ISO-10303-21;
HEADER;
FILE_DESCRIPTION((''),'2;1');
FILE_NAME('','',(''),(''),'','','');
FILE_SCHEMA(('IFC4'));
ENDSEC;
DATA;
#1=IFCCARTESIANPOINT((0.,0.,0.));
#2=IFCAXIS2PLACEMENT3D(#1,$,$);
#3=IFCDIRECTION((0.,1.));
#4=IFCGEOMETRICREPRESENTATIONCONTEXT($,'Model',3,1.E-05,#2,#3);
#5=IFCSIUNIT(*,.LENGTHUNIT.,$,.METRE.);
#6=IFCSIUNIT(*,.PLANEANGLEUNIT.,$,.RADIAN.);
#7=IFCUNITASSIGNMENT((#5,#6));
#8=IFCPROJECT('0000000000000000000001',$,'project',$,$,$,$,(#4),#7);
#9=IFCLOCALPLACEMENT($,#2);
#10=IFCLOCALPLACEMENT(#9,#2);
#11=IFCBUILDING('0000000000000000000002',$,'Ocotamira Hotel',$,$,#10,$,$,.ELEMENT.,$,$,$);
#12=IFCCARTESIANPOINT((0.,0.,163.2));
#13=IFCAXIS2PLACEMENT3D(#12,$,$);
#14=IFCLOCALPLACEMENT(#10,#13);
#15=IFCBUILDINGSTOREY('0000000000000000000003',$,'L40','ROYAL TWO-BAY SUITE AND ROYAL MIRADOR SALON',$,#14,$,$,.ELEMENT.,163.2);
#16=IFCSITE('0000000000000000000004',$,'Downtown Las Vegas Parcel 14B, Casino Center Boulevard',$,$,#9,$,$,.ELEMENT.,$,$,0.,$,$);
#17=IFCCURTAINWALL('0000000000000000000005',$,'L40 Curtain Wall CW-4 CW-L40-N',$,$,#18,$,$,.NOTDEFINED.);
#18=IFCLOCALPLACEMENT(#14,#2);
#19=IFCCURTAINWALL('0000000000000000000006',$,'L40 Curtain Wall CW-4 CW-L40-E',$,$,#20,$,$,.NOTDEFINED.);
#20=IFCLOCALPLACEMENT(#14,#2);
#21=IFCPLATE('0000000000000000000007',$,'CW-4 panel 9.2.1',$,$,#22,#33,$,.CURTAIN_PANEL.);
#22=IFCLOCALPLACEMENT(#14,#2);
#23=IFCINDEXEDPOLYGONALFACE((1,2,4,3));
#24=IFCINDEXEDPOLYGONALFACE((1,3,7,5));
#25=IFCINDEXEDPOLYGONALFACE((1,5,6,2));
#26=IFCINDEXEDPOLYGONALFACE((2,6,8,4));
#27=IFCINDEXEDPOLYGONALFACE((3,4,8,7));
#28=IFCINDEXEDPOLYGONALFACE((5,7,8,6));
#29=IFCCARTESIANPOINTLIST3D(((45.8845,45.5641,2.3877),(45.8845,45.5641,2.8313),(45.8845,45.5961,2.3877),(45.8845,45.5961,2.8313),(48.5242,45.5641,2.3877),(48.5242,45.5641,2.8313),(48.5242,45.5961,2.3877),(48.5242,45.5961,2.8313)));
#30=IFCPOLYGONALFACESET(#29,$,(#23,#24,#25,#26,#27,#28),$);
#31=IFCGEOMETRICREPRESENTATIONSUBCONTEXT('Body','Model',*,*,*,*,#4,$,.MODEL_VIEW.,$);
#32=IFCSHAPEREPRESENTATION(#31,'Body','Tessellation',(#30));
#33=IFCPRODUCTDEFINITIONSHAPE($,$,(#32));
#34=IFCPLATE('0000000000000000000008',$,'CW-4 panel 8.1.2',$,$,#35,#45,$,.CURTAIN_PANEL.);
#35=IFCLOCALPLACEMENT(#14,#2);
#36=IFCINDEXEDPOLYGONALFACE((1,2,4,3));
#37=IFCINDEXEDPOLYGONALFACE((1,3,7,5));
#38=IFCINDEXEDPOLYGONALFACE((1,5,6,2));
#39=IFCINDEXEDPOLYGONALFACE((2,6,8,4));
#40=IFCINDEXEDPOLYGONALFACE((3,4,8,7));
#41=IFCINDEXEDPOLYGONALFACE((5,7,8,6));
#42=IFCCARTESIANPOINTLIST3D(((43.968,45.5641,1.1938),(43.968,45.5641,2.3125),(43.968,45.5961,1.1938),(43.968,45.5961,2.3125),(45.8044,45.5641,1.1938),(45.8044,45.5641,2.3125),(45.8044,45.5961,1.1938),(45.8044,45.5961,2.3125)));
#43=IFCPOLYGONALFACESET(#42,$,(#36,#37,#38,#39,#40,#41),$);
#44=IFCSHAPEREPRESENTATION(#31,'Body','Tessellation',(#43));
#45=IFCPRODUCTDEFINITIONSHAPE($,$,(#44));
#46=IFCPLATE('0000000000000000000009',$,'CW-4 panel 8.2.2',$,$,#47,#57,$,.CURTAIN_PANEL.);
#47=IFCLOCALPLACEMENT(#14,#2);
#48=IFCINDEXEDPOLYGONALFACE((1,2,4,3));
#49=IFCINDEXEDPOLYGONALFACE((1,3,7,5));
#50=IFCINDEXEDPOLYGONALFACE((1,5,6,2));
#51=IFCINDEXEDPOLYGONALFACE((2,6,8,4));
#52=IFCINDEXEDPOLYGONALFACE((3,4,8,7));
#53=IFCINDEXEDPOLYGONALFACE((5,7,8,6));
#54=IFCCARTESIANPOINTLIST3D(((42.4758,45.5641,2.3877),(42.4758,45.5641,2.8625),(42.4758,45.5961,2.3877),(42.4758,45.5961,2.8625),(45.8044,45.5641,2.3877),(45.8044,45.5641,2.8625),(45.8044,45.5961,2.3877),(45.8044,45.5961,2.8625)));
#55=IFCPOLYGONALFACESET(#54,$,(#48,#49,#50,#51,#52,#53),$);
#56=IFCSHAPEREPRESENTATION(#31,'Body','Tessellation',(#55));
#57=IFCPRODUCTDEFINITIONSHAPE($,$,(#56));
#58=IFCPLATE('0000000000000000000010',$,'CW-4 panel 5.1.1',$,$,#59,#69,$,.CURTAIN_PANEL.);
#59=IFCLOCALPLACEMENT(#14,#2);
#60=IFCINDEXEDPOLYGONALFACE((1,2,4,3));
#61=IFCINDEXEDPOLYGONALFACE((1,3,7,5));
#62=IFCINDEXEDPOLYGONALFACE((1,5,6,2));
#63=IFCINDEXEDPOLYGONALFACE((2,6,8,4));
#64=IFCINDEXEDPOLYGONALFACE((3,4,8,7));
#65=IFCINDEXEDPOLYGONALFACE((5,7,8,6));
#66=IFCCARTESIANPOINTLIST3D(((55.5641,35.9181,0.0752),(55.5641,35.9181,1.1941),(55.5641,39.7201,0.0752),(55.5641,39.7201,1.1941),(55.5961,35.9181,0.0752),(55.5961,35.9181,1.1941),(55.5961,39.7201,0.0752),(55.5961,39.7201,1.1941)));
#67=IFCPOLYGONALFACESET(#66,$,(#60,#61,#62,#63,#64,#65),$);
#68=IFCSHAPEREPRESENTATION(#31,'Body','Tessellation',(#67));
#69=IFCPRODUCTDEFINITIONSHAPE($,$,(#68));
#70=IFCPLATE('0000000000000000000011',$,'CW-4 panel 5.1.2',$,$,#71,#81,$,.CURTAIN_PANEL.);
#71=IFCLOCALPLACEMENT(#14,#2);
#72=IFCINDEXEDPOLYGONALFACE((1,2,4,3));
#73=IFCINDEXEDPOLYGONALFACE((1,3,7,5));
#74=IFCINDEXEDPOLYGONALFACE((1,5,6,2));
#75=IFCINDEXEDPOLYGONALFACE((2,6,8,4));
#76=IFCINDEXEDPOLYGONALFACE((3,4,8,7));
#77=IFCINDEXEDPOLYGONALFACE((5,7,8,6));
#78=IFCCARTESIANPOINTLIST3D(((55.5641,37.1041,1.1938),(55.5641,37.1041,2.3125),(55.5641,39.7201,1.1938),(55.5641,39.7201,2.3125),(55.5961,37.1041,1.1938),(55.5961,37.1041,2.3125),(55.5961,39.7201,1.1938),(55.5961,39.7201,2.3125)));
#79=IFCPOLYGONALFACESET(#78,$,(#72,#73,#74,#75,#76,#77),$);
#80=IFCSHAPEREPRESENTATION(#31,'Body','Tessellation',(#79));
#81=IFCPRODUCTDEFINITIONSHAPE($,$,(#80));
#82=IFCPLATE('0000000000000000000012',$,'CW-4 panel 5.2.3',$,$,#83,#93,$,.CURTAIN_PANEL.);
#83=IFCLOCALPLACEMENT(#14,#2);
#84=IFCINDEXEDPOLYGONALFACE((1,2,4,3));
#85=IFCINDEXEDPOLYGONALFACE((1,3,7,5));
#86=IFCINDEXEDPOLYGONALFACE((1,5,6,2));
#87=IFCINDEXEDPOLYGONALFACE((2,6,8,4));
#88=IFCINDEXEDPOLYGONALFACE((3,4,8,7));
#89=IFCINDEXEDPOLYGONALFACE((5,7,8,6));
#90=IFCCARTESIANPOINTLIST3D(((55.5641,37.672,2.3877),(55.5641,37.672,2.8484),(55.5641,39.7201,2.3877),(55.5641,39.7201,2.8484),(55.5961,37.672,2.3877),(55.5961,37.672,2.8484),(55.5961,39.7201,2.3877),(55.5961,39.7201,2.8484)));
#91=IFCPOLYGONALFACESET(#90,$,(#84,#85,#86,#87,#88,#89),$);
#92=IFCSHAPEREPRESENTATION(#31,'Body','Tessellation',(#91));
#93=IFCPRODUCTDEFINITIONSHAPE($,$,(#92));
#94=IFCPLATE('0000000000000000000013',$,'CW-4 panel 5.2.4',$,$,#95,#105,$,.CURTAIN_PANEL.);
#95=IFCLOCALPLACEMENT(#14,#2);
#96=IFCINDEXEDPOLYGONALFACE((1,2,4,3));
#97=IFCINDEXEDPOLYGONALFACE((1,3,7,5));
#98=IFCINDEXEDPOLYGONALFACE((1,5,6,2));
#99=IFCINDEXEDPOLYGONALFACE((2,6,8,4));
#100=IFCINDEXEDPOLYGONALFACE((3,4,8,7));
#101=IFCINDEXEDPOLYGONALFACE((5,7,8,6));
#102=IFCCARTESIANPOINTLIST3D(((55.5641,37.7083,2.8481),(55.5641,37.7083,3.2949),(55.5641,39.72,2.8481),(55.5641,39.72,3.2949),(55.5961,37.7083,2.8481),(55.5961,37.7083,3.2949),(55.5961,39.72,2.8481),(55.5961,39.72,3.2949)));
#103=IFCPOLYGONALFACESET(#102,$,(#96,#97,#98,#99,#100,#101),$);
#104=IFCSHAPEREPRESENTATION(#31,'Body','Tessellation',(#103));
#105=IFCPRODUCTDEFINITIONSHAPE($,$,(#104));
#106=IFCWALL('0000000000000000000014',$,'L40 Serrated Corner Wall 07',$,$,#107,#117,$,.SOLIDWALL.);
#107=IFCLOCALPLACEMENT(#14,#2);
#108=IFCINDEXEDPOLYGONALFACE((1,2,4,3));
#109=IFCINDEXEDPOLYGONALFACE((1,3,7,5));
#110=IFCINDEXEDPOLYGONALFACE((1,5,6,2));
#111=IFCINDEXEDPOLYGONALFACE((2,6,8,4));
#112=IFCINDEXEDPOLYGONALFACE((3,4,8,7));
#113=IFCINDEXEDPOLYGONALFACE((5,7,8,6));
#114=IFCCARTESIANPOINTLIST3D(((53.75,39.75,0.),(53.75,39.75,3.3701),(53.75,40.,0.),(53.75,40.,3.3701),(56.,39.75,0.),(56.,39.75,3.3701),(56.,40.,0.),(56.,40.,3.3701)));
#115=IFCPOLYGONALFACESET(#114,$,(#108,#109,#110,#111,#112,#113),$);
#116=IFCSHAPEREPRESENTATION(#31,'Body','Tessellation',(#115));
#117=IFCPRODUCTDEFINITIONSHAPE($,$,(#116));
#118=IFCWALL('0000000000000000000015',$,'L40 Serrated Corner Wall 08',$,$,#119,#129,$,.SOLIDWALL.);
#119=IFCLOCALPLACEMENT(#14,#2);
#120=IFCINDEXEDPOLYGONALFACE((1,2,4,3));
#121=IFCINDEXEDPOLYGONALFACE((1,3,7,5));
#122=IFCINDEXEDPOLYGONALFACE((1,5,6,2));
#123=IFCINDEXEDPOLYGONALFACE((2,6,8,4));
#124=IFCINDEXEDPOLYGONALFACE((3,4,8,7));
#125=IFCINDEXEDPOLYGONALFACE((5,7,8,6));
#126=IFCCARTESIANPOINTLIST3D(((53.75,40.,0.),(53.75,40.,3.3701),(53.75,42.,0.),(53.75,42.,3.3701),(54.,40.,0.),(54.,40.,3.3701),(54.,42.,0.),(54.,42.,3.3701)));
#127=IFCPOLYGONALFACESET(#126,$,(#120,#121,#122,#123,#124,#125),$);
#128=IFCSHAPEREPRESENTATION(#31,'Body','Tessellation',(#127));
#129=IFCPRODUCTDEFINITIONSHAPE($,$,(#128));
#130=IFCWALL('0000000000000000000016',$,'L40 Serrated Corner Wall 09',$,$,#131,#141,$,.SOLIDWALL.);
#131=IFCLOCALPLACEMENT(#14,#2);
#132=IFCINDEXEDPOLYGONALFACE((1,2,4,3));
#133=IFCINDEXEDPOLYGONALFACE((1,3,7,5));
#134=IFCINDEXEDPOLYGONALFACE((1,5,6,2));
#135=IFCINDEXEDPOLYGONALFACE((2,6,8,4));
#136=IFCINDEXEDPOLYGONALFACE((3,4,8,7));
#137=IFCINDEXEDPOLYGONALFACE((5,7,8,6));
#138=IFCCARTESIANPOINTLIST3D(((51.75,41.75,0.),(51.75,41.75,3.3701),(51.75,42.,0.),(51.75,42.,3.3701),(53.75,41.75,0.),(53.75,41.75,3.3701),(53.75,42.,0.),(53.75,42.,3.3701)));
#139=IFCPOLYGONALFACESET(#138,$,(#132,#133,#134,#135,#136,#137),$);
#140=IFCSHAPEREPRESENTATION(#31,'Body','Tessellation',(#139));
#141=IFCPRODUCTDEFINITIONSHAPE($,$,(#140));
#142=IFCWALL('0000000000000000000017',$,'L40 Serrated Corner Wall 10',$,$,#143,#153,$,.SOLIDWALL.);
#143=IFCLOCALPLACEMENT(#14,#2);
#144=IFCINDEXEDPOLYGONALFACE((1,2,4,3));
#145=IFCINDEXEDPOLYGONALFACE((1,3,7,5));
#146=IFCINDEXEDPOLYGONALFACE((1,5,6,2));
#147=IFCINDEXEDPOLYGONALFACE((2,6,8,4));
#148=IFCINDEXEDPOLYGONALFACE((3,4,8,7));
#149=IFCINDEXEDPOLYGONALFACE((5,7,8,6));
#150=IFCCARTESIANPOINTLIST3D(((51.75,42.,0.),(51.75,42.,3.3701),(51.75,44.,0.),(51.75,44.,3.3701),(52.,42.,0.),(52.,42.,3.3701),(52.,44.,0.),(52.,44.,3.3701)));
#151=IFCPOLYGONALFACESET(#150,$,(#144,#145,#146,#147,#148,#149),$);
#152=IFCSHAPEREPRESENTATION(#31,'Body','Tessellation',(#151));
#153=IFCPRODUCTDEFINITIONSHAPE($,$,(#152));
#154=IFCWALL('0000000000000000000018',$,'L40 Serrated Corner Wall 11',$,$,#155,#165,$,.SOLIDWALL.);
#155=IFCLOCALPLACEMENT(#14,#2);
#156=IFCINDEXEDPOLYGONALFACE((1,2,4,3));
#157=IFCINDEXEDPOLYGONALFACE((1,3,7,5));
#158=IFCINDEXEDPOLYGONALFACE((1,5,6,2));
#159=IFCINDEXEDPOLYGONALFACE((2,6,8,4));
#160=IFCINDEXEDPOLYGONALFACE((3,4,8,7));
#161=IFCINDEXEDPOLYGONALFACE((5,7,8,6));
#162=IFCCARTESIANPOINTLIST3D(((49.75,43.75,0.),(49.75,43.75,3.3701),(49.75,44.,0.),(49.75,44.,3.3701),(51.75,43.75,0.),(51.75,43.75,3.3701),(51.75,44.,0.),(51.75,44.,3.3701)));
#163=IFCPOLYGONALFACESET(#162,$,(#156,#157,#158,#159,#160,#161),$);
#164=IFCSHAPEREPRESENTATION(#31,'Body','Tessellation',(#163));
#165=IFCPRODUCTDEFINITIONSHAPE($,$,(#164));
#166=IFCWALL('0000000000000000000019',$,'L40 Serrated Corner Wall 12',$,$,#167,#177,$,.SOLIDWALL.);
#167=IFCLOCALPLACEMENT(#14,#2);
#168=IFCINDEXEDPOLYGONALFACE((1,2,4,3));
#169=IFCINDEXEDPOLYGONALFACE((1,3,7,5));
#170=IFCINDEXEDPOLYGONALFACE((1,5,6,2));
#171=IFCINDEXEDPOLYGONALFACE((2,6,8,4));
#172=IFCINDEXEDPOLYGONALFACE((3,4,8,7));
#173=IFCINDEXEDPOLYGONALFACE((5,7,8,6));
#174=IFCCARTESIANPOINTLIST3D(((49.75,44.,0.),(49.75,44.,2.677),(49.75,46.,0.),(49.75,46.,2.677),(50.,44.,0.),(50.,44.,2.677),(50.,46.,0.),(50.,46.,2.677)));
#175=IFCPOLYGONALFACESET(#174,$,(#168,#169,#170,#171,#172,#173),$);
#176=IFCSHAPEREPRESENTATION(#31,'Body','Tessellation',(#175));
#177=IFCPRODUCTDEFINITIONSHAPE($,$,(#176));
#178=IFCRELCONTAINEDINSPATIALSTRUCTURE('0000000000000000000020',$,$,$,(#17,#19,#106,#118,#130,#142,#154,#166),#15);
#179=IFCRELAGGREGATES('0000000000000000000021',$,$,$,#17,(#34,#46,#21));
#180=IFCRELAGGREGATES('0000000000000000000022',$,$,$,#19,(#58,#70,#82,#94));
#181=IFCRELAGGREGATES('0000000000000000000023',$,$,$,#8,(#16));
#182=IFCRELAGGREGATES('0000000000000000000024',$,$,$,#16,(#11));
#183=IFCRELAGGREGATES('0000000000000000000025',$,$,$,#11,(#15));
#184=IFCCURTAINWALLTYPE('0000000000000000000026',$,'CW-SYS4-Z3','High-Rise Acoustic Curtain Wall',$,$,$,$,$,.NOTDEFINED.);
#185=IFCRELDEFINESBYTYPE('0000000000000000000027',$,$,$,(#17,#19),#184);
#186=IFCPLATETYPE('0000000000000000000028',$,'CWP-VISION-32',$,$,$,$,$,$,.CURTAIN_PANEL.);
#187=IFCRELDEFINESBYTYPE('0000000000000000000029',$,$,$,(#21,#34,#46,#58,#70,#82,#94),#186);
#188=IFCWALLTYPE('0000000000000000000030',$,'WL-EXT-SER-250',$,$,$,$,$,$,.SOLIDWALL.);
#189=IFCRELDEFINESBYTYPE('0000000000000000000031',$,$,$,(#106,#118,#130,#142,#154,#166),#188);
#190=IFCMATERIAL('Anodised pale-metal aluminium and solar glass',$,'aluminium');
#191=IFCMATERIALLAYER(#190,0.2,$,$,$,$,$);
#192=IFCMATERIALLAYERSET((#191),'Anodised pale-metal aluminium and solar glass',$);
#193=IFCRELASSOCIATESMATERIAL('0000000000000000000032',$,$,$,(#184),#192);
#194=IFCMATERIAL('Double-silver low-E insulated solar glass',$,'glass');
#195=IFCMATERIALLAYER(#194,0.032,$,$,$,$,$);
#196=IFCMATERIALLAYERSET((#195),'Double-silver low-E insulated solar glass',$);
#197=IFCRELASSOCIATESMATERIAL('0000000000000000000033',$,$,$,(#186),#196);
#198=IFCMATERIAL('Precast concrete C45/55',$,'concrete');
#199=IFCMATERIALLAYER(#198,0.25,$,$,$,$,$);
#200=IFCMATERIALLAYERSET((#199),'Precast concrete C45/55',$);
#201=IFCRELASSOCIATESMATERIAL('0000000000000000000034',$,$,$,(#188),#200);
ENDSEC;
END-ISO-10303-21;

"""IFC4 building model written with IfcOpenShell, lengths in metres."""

from ifc_helpers import new_model, si_unit, direction, frame, frame_2d, origin, origin_2d, place, context, subcontext, project, spatial, rectangle, extrude, source, transform, mapped, material, layer, layer_set, type_object, element, aggregate, save


model = new_model("IFC4")

# Units and contexts
model_context = context("Model", 3, precision=1e-05, world=origin(), true_north=direction((0.0, 1.0)))
body_context = subcontext(model_context, "Body", "Model", "MODEL_VIEW")
ifc_project = project(units=[si_unit("LENGTHUNIT", "METRE"), si_unit("PLANEANGLEUNIT", "RADIAN")], contexts=[model_context])

# Site, building, storey
site_placement = place(None, origin())
site = spatial("IfcSite", under=ifc_project, at=site_placement, Name="Downtown Las Vegas Parcel 14B, Casino Center Boulevard", CompositionType="ELEMENT", RefElevation=0.0)
building_placement = place(site_placement, origin())
building = spatial("IfcBuilding", under=site, at=building_placement, Name="Ocotamira Hotel", CompositionType="ELEMENT")
storey_placement = place(building_placement, frame((0.0, 0.0, 163.2)))
storey = spatial("IfcBuildingStorey", under=building, at=storey_placement, Name="L40", Description="ROYAL TWO-BAY SUITE AND ROYAL MIRADOR SALON", CompositionType="ELEMENT", Elevation=163.2)

# Curtain wall
ifc_material_1 = material(Name="Anodised pale-metal aluminium and solar glass", Category="aluminium")
ifc_layer_1 = layer(ifc_material_1, 0.2)
ifc_layer_set_1 = layer_set([ifc_layer_1], Name="Anodised pale-metal aluminium and solar glass")
curtain_wall_type = type_object("IfcCurtainWallType", Name="CW-SYS4-Z3", Description="High-Rise Acoustic Curtain Wall", PredefinedType="NOTDEFINED", material=ifc_layer_set_1)
curtain_wall_1_placement = place(storey_placement, origin())
curtain_wall_1 = element("IfcCurtainWall", 1, at=curtain_wall_1_placement, inside=storey, type_object=curtain_wall_type, Name="L40 Curtain Wall CW-4 CW-L40-N", PredefinedType="NOTDEFINED")

# Curtain wall
curtain_wall_2_placement = place(storey_placement, origin())
curtain_wall_2 = element("IfcCurtainWall", 2, at=curtain_wall_2_placement, inside=storey, type_object=curtain_wall_type, Name="L40 Curtain Wall CW-4 CW-L40-E", PredefinedType="NOTDEFINED")

# Plates
ifc_material_2 = material(Name="Double-silver low-E insulated solar glass", Category="glass")
ifc_layer_2 = layer(ifc_material_2, 0.032)
ifc_layer_set_2 = layer_set([ifc_layer_2], Name="Double-silver low-E insulated solar glass")
plate_type_1 = type_object("IfcPlateType", Name="CWP-VISION-32", PredefinedType="CURTAIN_PANEL", material=ifc_layer_set_2)
shared_shape_1 = source(origin(), body_context, "Body", "SweptSolid", [
    extrude(rectangle(XDim=2.6396, YDim=0.032, at=origin_2d()), origin(), (0.0, 0.0, 1.0), 0.4436),
])
plate_1_placement = place(storey_placement, frame((47.2043, 45.5801, 2.3877), z_axis=(0.0, 0.0, 1.0), x_axis=(1.0, 0.0, 0.0)))
plate_1 = element("IfcPlate", 3, at=plate_1_placement, type_object=plate_type_1, Name="CW-4 panel 9.2.1", PredefinedType="CURTAIN_PANEL", context=body_context, shape_type="MappedRepresentation", body=[
    mapped(shared_shape_1, transform((0.0, 0.0, 0.0), scale=1.0)),
])
shared_shape_2 = source(origin(), body_context, "Body", "SweptSolid", [
    extrude(rectangle(XDim=1.8364, YDim=0.032, at=origin_2d()), origin(), (0.0, 0.0, 1.0), 1.1187),
])
plate_2_placement = place(storey_placement, frame((44.8862, 45.5801, 1.1938), z_axis=(0.0, 0.0, 1.0), x_axis=(1.0, 0.0, 0.0)))
plate_2 = element("IfcPlate", 4, at=plate_2_placement, type_object=plate_type_1, Name="CW-4 panel 8.1.2", PredefinedType="CURTAIN_PANEL", context=body_context, shape_type="MappedRepresentation", body=[
    mapped(shared_shape_2, transform((0.0, 0.0, 0.0), scale=1.0)),
])
shared_shape_3 = source(origin(), body_context, "Body", "SweptSolid", [
    extrude(rectangle(XDim=3.3286, YDim=0.032, at=origin_2d()), origin(), (0.0, 0.0, 1.0), 0.4749),
])
plate_3_placement = place(storey_placement, frame((44.1401, 45.5801, 2.3877), z_axis=(0.0, 0.0, 1.0), x_axis=(1.0, 0.0, 0.0)))
plate_3 = element("IfcPlate", 5, at=plate_3_placement, type_object=plate_type_1, Name="CW-4 panel 8.2.2", PredefinedType="CURTAIN_PANEL", context=body_context, shape_type="MappedRepresentation", body=[
    mapped(shared_shape_3, transform((0.0, 0.0, 0.0), scale=1.0)),
])
aggregate(curtain_wall_1, [plate_2, plate_3, plate_1])
shared_shape_4 = source(origin(), body_context, "Body", "SweptSolid", [
    extrude(rectangle(XDim=3.802, YDim=0.032, at=origin_2d()), origin(), (0.0, 0.0, 1.0), 1.1189),
])
plate_4_placement = place(storey_placement, frame((55.5801, 37.8191, 0.0752), z_axis=(0.0, 0.0, 1.0), x_axis=(0.0, 1.0, 0.0)))
plate_4 = element("IfcPlate", 6, at=plate_4_placement, type_object=plate_type_1, Name="CW-4 panel 5.1.1", PredefinedType="CURTAIN_PANEL", context=body_context, shape_type="MappedRepresentation", body=[
    mapped(shared_shape_4, transform((0.0, 0.0, 0.0), scale=1.0)),
])
shared_shape_5 = source(origin(), body_context, "Body", "SweptSolid", [
    extrude(rectangle(XDim=2.616, YDim=0.032, at=origin_2d()), origin(), (0.0, 0.0, 1.0), 1.1187),
])
plate_5_placement = place(storey_placement, frame((55.5801, 38.4121, 1.1938), z_axis=(0.0, 0.0, 1.0), x_axis=(0.0, 1.0, 0.0)))
plate_5 = element("IfcPlate", 7, at=plate_5_placement, type_object=plate_type_1, Name="CW-4 panel 5.1.2", PredefinedType="CURTAIN_PANEL", context=body_context, shape_type="MappedRepresentation", body=[
    mapped(shared_shape_5, transform((0.0, 0.0, 0.0), scale=1.0)),
])
shared_shape_6 = source(origin(), body_context, "Body", "SweptSolid", [
    extrude(rectangle(XDim=2.0481, YDim=0.032, at=origin_2d()), origin(), (0.0, 0.0, 1.0), 0.4607),
])
plate_6_placement = place(storey_placement, frame((55.5801, 38.696, 2.3877), z_axis=(0.0, 0.0, 1.0), x_axis=(0.0, 1.0, 0.0)))
plate_6 = element("IfcPlate", 8, at=plate_6_placement, type_object=plate_type_1, Name="CW-4 panel 5.2.3", PredefinedType="CURTAIN_PANEL", context=body_context, shape_type="MappedRepresentation", body=[
    mapped(shared_shape_6, transform((0.0, 0.0, 0.0), scale=1.0)),
])
shared_shape_7 = source(origin(), body_context, "Body", "SweptSolid", [
    extrude(rectangle(XDim=2.0117, YDim=0.032, at=origin_2d()), origin(), (0.0, 0.0, 1.0), 0.4468),
])
plate_7_placement = place(storey_placement, frame((55.5801, 38.7141, 2.8481), z_axis=(0.0, 0.0, 1.0), x_axis=(0.0, 1.0, 0.0)))
plate_7 = element("IfcPlate", 9, at=plate_7_placement, type_object=plate_type_1, Name="CW-4 panel 5.2.4", PredefinedType="CURTAIN_PANEL", context=body_context, shape_type="MappedRepresentation", body=[
    mapped(shared_shape_7, transform((0.0, 0.0, 0.0), scale=1.0)),
])
aggregate(curtain_wall_2, [plate_4, plate_5, plate_6, plate_7])

# Walls
ifc_material_3 = material(Name="Precast concrete C45/55", Category="concrete")
ifc_layer_3 = layer(ifc_material_3, 0.25)
ifc_layer_set_3 = layer_set([ifc_layer_3], Name="Precast concrete C45/55")
wall_type_1 = type_object("IfcWallType", Name="WL-EXT-SER-250", PredefinedType="SOLIDWALL", material=ifc_layer_set_3)
wall_1_placement = place(storey_placement, frame((56.0, 39.875, 0.0), z_axis=(0.0, 0.0, 1.0), x_axis=(-1.0, 0.0, 0.0)))
element("IfcWall", 10, at=wall_1_placement, inside=storey, type_object=wall_type_1, Name="L40 Serrated Corner Wall 07", PredefinedType="SOLIDWALL", context=body_context, shape_type="SweptSolid", body=[
    extrude(rectangle(XDim=2.25, YDim=0.25, at=frame_2d((1.125, 0.0))), origin(), (0.0, 0.0, 1.0), 3.3701),
])
for number, where, z_axis, x_axis, name in (
    (11, (53.875, 40.0, 0.0), (0.0, 0.0, 1.0), (0.0, 1.0, 0.0), "L40 Serrated Corner Wall 08"),
    (12, (53.75, 41.875, 0.0), (0.0, 0.0, 1.0), (-1.0, 0.0, 0.0), "L40 Serrated Corner Wall 09"),
    (13, (51.875, 42.0, 0.0), (0.0, 0.0, 1.0), (0.0, 1.0, 0.0), "L40 Serrated Corner Wall 10"),
    (14, (51.75, 43.875, 0.0), (0.0, 0.0, 1.0), (-1.0, 0.0, 0.0), "L40 Serrated Corner Wall 11"),
):
    element("IfcWall", number, at=place(storey_placement, frame(where, z_axis=z_axis, x_axis=x_axis)), inside=storey, type_object=wall_type_1, Name=name, PredefinedType="SOLIDWALL", context=body_context, shape_type="SweptSolid", body=[
        extrude(rectangle(XDim=2.0, YDim=0.25, at=frame_2d((1.0, 0.0))), origin(), (0.0, 0.0, 1.0), 3.3701),
    ])
wall_2_placement = place(storey_placement, frame((49.875, 44.0, 0.0), z_axis=(0.0, 0.0, 1.0), x_axis=(0.0, 1.0, 0.0)))
element("IfcWall", 15, at=wall_2_placement, inside=storey, type_object=wall_type_1, Name="L40 Serrated Corner Wall 12", PredefinedType="SOLIDWALL", context=body_context, shape_type="SweptSolid", body=[
    extrude(rectangle(XDim=2.0, YDim=0.25, at=frame_2d((1.0, 0.0))), origin(), (0.0, 0.0, 1.0), 2.677),
])

save(model, "model.ifc")
